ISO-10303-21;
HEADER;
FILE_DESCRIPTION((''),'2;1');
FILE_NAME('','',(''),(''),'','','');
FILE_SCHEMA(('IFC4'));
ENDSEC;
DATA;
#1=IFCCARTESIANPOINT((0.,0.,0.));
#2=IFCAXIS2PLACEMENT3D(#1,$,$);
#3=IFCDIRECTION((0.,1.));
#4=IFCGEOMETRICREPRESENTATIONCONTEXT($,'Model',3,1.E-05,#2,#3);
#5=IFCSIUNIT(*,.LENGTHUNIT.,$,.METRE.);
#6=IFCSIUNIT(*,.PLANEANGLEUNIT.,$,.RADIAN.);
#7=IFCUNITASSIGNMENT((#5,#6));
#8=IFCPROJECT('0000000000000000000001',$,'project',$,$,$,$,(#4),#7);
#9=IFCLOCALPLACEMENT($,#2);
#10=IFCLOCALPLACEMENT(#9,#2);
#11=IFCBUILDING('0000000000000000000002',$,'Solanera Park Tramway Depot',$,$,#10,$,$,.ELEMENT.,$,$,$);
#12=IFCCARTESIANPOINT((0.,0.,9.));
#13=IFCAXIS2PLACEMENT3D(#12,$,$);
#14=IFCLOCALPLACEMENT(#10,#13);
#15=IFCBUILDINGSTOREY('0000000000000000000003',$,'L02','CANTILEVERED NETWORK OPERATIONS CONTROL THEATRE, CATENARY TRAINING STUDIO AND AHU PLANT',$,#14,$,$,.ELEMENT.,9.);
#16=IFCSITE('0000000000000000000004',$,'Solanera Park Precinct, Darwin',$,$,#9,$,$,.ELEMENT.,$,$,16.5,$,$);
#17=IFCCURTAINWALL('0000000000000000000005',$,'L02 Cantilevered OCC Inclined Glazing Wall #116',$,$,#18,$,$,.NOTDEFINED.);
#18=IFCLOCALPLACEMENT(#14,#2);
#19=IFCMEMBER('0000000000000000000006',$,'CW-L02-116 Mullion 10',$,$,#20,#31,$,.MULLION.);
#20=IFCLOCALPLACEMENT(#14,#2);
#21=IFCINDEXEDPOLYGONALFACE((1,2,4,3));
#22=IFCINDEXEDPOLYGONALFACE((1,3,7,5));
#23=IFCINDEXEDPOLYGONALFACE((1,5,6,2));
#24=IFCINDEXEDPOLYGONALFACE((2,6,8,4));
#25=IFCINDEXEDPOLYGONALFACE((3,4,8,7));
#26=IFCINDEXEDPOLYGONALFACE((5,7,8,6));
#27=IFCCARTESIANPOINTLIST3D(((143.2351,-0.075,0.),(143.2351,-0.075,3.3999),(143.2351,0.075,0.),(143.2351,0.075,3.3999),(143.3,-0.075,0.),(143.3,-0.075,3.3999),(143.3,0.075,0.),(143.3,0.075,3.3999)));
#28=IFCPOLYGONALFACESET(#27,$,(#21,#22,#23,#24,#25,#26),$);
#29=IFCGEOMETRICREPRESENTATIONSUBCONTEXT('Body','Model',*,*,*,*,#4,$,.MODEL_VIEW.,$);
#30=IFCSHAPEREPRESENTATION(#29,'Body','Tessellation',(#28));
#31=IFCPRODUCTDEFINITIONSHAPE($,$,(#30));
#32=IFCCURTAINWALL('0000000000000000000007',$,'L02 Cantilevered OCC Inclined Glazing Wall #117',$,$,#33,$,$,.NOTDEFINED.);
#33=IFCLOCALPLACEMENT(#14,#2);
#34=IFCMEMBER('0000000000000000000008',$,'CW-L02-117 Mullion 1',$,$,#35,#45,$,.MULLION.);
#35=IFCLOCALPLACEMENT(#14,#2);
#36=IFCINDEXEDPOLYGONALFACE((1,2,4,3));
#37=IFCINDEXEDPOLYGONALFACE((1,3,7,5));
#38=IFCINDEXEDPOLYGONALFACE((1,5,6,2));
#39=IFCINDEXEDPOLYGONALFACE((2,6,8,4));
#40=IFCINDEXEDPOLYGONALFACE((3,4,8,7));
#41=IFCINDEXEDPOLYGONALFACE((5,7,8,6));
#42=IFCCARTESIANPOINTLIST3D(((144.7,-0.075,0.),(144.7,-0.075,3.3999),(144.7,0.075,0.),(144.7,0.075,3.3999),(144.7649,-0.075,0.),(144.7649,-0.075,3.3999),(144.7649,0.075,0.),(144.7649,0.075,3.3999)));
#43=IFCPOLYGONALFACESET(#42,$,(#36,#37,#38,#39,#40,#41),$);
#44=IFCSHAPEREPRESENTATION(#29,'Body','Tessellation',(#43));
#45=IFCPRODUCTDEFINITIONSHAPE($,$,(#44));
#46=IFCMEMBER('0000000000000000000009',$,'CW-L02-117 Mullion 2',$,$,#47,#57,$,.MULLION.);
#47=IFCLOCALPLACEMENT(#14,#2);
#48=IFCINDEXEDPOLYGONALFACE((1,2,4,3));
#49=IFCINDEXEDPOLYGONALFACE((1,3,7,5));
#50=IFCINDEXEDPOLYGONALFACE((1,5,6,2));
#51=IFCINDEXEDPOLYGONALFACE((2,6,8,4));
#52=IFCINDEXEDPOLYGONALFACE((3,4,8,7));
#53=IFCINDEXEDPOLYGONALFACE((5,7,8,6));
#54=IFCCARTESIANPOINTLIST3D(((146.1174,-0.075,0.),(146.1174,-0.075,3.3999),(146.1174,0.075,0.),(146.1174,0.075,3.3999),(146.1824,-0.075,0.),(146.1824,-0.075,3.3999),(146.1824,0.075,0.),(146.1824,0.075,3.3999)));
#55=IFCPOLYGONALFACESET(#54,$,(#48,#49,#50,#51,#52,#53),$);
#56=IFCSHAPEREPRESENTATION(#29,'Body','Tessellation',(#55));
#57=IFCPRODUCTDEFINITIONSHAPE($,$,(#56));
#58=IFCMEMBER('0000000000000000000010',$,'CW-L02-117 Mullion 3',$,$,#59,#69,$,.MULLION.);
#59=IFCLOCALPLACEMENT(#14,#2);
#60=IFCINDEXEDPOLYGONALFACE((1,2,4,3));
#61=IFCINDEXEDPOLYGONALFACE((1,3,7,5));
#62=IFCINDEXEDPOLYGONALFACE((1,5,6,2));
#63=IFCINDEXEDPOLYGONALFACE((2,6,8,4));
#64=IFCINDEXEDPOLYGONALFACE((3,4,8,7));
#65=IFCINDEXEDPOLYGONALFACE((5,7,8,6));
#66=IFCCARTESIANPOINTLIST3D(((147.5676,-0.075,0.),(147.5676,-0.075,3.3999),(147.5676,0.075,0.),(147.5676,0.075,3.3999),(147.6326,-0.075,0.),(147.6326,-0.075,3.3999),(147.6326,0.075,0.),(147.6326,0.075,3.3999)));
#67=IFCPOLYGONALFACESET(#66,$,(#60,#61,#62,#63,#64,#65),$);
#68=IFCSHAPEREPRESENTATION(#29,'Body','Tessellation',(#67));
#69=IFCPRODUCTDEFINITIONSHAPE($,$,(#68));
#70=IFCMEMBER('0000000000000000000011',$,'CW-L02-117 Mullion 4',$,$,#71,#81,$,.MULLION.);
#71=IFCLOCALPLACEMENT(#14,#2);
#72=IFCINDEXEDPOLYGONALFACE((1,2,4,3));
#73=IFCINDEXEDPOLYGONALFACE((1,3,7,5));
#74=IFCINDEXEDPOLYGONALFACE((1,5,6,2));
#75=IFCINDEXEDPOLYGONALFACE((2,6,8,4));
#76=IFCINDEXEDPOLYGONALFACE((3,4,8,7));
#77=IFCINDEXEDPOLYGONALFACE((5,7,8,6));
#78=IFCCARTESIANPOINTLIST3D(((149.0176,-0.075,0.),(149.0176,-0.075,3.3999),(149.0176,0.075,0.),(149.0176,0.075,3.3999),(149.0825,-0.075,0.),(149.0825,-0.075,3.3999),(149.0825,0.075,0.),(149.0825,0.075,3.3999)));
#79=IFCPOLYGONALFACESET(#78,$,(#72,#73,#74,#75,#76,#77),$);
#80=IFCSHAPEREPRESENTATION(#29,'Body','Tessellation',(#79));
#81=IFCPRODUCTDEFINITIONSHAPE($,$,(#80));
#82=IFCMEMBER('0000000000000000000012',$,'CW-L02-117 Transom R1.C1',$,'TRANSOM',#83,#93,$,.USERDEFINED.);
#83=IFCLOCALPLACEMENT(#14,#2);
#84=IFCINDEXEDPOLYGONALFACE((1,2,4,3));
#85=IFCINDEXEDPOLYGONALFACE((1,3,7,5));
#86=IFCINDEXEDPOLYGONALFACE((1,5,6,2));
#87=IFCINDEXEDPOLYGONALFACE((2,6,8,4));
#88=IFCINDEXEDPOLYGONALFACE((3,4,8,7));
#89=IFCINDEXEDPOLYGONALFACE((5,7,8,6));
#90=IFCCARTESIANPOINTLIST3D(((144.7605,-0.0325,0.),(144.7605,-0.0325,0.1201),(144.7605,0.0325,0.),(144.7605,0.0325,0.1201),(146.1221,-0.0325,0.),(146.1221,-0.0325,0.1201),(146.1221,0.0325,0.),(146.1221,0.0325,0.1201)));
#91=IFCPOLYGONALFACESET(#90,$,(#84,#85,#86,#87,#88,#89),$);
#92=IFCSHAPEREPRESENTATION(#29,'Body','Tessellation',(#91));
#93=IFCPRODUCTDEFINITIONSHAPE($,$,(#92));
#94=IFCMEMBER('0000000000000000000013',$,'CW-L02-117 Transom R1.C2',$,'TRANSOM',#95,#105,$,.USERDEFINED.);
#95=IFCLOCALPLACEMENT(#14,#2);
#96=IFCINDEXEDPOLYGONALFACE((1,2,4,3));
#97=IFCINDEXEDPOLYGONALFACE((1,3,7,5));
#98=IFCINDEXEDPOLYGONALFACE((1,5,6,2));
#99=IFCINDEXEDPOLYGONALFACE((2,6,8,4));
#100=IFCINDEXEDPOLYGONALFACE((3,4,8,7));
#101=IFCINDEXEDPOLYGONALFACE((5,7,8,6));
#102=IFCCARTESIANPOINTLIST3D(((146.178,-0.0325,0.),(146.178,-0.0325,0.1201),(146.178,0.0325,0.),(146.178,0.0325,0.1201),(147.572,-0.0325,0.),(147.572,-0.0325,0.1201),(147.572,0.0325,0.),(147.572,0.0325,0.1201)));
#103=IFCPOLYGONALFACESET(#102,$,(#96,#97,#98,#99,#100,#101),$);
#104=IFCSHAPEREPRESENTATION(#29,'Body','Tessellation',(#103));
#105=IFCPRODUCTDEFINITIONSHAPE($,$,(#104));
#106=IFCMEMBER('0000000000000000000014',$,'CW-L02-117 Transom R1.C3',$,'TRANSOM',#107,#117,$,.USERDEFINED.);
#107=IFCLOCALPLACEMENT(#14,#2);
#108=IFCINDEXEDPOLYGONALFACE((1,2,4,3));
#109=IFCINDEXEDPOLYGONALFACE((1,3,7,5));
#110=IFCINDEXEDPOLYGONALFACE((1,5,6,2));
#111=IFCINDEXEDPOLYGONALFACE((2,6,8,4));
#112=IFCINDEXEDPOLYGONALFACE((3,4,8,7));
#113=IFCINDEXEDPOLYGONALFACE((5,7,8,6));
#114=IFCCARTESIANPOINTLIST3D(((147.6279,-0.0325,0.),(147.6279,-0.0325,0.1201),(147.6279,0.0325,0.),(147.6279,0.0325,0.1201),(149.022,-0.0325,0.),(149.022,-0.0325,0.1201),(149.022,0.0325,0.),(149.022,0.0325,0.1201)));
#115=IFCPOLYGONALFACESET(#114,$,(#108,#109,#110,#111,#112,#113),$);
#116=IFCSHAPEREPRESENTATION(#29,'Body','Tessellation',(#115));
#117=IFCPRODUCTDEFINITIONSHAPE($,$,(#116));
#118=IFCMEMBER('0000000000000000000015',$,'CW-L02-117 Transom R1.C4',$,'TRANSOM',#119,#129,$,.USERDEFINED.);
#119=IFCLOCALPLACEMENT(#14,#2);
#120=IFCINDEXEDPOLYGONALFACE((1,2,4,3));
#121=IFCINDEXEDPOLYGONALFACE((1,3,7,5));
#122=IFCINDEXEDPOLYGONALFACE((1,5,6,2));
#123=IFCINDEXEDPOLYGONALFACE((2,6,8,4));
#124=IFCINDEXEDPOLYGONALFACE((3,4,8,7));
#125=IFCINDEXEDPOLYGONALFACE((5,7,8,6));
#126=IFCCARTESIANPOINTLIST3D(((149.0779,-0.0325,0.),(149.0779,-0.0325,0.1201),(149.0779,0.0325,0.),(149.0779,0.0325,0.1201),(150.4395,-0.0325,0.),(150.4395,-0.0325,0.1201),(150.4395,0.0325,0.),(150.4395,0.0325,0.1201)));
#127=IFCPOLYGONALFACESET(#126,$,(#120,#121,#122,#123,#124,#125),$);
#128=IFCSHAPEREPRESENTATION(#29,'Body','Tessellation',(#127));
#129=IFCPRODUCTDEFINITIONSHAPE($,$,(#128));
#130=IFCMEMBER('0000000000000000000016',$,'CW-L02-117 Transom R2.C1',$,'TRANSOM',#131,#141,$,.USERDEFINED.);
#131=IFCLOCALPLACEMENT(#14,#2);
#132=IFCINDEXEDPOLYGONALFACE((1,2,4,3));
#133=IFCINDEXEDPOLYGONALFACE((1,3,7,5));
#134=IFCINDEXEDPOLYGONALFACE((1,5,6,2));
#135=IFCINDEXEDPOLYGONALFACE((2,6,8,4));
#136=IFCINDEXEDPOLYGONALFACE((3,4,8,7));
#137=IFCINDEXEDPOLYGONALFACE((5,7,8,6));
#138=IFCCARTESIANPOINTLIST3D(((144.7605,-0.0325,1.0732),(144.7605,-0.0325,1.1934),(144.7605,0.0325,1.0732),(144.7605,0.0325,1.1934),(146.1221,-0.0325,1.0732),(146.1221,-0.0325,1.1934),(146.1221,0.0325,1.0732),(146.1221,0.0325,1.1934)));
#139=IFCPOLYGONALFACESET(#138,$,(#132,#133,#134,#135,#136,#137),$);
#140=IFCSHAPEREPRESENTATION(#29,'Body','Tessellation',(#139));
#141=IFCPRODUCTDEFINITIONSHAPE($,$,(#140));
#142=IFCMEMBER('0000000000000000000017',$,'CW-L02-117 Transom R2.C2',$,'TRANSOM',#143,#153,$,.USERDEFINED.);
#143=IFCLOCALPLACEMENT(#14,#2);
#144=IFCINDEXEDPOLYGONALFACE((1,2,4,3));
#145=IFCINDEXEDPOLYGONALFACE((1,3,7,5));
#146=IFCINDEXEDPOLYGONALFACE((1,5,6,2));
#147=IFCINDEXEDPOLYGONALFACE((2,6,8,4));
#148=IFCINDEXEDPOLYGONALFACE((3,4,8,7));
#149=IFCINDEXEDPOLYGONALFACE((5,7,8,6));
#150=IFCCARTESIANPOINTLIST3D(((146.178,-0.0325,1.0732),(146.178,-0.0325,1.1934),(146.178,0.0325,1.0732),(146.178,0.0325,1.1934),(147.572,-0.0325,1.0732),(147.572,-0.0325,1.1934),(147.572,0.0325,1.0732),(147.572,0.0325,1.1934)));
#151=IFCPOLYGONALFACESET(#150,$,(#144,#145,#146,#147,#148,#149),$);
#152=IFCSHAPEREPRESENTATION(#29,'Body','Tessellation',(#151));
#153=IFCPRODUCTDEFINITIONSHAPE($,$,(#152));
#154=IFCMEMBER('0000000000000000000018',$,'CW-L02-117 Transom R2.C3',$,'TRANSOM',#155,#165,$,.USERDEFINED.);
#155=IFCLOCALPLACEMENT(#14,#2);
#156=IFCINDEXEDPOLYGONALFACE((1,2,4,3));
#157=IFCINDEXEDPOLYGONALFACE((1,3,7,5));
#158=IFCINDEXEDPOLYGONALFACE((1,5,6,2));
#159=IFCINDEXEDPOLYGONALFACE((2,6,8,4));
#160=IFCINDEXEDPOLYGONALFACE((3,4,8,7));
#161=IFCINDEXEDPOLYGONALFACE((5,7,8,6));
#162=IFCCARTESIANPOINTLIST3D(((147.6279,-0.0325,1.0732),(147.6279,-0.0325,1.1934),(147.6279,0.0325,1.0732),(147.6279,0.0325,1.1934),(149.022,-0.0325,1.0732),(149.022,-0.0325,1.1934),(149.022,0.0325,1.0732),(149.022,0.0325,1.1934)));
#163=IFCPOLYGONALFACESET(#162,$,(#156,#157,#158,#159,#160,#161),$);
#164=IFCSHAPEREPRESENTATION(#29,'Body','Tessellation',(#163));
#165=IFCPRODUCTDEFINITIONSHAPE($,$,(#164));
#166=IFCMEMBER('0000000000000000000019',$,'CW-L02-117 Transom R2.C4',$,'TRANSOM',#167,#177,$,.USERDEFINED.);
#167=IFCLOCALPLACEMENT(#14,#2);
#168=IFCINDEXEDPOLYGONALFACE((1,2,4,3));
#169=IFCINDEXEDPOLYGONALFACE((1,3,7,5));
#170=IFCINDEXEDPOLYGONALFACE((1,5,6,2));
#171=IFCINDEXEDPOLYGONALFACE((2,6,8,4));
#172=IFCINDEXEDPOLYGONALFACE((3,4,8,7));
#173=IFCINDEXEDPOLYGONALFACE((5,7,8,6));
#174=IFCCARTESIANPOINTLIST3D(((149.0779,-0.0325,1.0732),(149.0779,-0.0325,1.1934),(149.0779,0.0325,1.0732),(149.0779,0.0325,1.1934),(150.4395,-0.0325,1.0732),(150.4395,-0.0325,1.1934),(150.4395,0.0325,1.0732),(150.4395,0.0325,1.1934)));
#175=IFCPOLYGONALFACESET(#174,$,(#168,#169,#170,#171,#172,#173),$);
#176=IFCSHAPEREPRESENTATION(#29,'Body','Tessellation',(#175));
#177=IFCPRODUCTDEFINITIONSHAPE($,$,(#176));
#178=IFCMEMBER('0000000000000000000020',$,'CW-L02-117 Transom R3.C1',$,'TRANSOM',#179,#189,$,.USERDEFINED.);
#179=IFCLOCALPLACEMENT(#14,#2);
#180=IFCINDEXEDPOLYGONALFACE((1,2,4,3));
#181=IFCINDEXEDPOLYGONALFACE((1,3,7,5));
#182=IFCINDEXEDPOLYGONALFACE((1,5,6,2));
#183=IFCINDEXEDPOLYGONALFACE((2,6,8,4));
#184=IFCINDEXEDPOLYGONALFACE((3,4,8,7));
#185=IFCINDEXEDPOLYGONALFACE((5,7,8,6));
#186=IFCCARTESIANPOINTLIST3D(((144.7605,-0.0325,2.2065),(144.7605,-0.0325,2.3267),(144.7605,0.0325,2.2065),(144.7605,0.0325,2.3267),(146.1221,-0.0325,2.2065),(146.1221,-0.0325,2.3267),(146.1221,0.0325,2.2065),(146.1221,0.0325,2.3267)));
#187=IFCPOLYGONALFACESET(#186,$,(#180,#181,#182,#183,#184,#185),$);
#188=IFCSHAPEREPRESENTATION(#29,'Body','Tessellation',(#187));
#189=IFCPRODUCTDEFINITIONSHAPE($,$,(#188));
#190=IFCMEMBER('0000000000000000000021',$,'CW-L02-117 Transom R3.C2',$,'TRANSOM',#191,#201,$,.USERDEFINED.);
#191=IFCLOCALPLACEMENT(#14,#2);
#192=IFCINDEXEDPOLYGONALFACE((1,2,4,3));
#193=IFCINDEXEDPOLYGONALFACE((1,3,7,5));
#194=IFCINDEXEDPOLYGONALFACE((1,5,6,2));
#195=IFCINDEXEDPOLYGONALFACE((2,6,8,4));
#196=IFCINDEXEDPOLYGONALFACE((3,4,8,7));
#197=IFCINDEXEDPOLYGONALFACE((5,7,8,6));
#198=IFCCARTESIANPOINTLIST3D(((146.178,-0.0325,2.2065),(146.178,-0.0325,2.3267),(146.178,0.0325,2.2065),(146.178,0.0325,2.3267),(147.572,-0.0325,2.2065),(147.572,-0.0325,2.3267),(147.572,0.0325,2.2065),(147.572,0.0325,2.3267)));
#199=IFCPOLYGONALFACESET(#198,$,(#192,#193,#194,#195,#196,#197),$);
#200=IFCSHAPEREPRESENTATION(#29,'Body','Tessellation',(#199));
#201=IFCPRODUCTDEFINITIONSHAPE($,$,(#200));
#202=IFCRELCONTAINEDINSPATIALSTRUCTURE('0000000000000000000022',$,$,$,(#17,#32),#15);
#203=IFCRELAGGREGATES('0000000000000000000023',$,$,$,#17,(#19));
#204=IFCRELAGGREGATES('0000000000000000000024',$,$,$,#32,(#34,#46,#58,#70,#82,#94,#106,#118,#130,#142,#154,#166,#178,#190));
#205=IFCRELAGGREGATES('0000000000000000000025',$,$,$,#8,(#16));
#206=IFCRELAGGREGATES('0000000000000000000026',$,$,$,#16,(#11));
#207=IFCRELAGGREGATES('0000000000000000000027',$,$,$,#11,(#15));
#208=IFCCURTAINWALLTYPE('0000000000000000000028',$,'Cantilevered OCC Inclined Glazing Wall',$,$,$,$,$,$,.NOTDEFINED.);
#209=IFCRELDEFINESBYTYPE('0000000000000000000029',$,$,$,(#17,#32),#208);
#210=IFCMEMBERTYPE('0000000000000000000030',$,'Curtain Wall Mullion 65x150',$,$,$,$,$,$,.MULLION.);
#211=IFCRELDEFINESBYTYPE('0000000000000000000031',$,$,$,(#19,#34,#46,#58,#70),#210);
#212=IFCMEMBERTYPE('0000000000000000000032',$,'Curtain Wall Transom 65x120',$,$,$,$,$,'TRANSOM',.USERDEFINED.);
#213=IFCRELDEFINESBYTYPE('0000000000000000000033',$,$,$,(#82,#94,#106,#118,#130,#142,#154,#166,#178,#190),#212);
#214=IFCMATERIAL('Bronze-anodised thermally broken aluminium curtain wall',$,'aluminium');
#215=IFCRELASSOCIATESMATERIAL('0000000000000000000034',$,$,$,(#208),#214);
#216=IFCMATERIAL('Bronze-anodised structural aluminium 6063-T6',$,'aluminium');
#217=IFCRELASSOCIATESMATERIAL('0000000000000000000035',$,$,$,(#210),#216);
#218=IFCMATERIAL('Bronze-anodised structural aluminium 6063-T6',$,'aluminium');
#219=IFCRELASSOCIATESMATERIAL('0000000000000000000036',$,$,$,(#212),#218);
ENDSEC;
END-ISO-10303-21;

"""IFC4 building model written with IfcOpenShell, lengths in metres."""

from ifc_helpers import new_model, si_unit, direction, frame, origin, origin_2d, place, context, subcontext, project, spatial, rectangle, extrude, material, material_profile, profile_set, type_object, element, aggregate, save


model = new_model("IFC4")

# Units and contexts
model_context = context("Model", 3, precision=1e-05, world=origin(), true_north=direction((0.0, 1.0)))
body_context = subcontext(model_context, "Body", "Model", "MODEL_VIEW")
ifc_project = project(units=[si_unit("LENGTHUNIT", "METRE"), si_unit("PLANEANGLEUNIT", "RADIAN")], contexts=[model_context])

# Site, building, storey
site_placement = place(None, origin())
site = spatial("IfcSite", under=ifc_project, at=site_placement, Name="Solanera Park Precinct, Darwin", CompositionType="ELEMENT", RefElevation=16.5)
building_placement = place(site_placement, origin())
building = spatial("IfcBuilding", under=site, at=building_placement, Name="Solanera Park Tramway Depot", CompositionType="ELEMENT")
storey_placement = place(building_placement, frame((0.0, 0.0, 9.0)))
storey = spatial("IfcBuildingStorey", under=building, at=storey_placement, Name="L02", Description="CANTILEVERED NETWORK OPERATIONS CONTROL THEATRE, CATENARY TRAINING STUDIO AND AHU PLANT", CompositionType="ELEMENT", Elevation=9.0)

# Curtain wall, member
ifc_material_1 = material(Name="Bronze-anodised thermally broken aluminium curtain wall", Category="aluminium")
curtain_wall_type = type_object("IfcCurtainWallType", Name="Cantilevered OCC Inclined Glazing Wall", PredefinedType="NOTDEFINED", material=ifc_material_1)
curtain_wall_1_placement = place(storey_placement, origin())
curtain_wall_1 = element("IfcCurtainWall", 1, at=curtain_wall_1_placement, inside=storey, type_object=curtain_wall_type, Name="L02 Cantilevered OCC Inclined Glazing Wall #116", PredefinedType="NOTDEFINED")
ifc_material_2 = material(Name="Bronze-anodised structural aluminium 6063-T6", Category="aluminium")
ifc_material_profile_1 = material_profile(ifc_material_2, rectangle(XDim=0.0649, YDim=0.1499, at=origin_2d()), Name="Curtain Wall Mullion 65x150")
ifc_profile_set_1 = profile_set([ifc_material_profile_1], Name="Bronze-anodised structural aluminium 6063-T6")
member_type_1 = type_object("IfcMemberType", Name="Curtain Wall Mullion 65x150", PredefinedType="MULLION", material=ifc_profile_set_1)
member_1_placement = place(storey_placement, frame((143.2676, 0.0, 0.0), z_axis=(0.0, 0.0, 1.0), x_axis=(1.0, 0.0, 0.0)))
member_1 = element("IfcMember", 2, at=member_1_placement, type_object=member_type_1, Name="CW-L02-116 Mullion 10", PredefinedType="MULLION", context=body_context, shape_type="SweptSolid", body=[
    extrude(rectangle(XDim=0.0649, YDim=0.1499, at=origin_2d()), origin(), (0.0, 0.0, 1.0), 3.3999),
])

# Curtain wall, members
curtain_wall_2_placement = place(storey_placement, origin())
curtain_wall_2 = element("IfcCurtainWall", 3, at=curtain_wall_2_placement, inside=storey, type_object=curtain_wall_type, Name="L02 Cantilevered OCC Inclined Glazing Wall #117", PredefinedType="NOTDEFINED")
member_2_placement = place(storey_placement, frame((144.7324, 0.0, 0.0), z_axis=(0.0, 0.0, 1.0), x_axis=(1.0, 0.0, 0.0)))
member_2 = element("IfcMember", 4, at=member_2_placement, type_object=member_type_1, Name="CW-L02-117 Mullion 1", PredefinedType="MULLION", context=body_context, shape_type="SweptSolid", body=[
    extrude(rectangle(XDim=0.0649, YDim=0.1499, at=origin_2d()), origin(), (0.0, 0.0, 1.0), 3.3999),
])
member_3_placement = place(storey_placement, frame((146.1499, 0.0, 0.0), z_axis=(0.0, 0.0, 1.0), x_axis=(1.0, 0.0, 0.0)))
member_3 = element("IfcMember", 5, at=member_3_placement, type_object=member_type_1, Name="CW-L02-117 Mullion 2", PredefinedType="MULLION", context=body_context, shape_type="SweptSolid", body=[
    extrude(rectangle(XDim=0.0649, YDim=0.1499, at=origin_2d()), origin(), (0.0, 0.0, 1.0), 3.3999),
])
member_4_placement = place(storey_placement, frame((147.6001, 0.0, 0.0), z_axis=(0.0, 0.0, 1.0), x_axis=(1.0, 0.0, 0.0)))
member_4 = element("IfcMember", 6, at=member_4_placement, type_object=member_type_1, Name="CW-L02-117 Mullion 3", PredefinedType="MULLION", context=body_context, shape_type="SweptSolid", body=[
    extrude(rectangle(XDim=0.0649, YDim=0.1499, at=origin_2d()), origin(), (0.0, 0.0, 1.0), 3.3999),
])
member_5_placement = place(storey_placement, frame((149.05, 0.0, 0.0), z_axis=(0.0, 0.0, 1.0), x_axis=(1.0, 0.0, 0.0)))
member_5 = element("IfcMember", 7, at=member_5_placement, type_object=member_type_1, Name="CW-L02-117 Mullion 4", PredefinedType="MULLION", context=body_context, shape_type="SweptSolid", body=[
    extrude(rectangle(XDim=0.0649, YDim=0.1499, at=origin_2d()), origin(), (0.0, 0.0, 1.0), 3.3999),
])
ifc_material_3 = material(Name="Bronze-anodised structural aluminium 6063-T6", Category="aluminium")
ifc_material_profile_2 = material_profile(ifc_material_3, rectangle(XDim=0.0649, YDim=0.1201, at=origin_2d()), Name="Curtain Wall Transom 65x120")
ifc_profile_set_2 = profile_set([ifc_material_profile_2], Name="Bronze-anodised structural aluminium 6063-T6")
member_type_2 = type_object("IfcMemberType", Name="Curtain Wall Transom 65x120", ElementType="TRANSOM", PredefinedType="USERDEFINED", material=ifc_profile_set_2)
member_6_placement = place(storey_placement, frame((144.7605, 0.0, 0.0601), z_axis=(1.0, 0.0, 0.0), x_axis=(0.0, 1.0, 0.0)))
member_6 = element("IfcMember", 8, at=member_6_placement, type_object=member_type_2, Name="CW-L02-117 Transom R1.C1", ObjectType="TRANSOM", PredefinedType="USERDEFINED", context=body_context, shape_type="SweptSolid", body=[
    extrude(rectangle(XDim=0.0649, YDim=0.1201, at=origin_2d()), origin(), (0.0, 0.0, 1.0), 1.3616),
])
member_7_placement = place(storey_placement, frame((146.178, 0.0, 0.0601), z_axis=(1.0, 0.0, 0.0), x_axis=(0.0, 1.0, 0.0)))
member_7 = element("IfcMember", 9, at=member_7_placement, type_object=member_type_2, Name="CW-L02-117 Transom R1.C2", ObjectType="TRANSOM", PredefinedType="USERDEFINED", context=body_context, shape_type="SweptSolid", body=[
    extrude(rectangle(XDim=0.0649, YDim=0.1201, at=origin_2d()), origin(), (0.0, 0.0, 1.0), 1.394),
])
member_8_placement = place(storey_placement, frame((147.6279, 0.0, 0.0601), z_axis=(1.0, 0.0, 0.0), x_axis=(0.0, 1.0, 0.0)))
member_8 = element("IfcMember", 10, at=member_8_placement, type_object=member_type_2, Name="CW-L02-117 Transom R1.C3", ObjectType="TRANSOM", PredefinedType="USERDEFINED", context=body_context, shape_type="SweptSolid", body=[
    extrude(rectangle(XDim=0.0649, YDim=0.1201, at=origin_2d()), origin(), (0.0, 0.0, 1.0), 1.394),
])
member_9_placement = place(storey_placement, frame((149.0779, 0.0, 0.0601), z_axis=(1.0, 0.0, 0.0), x_axis=(0.0, 1.0, 0.0)))
member_9 = element("IfcMember", 11, at=member_9_placement, type_object=member_type_2, Name="CW-L02-117 Transom R1.C4", ObjectType="TRANSOM", PredefinedType="USERDEFINED", context=body_context, shape_type="SweptSolid", body=[
    extrude(rectangle(XDim=0.0649, YDim=0.1201, at=origin_2d()), origin(), (0.0, 0.0, 1.0), 1.3616),
])
member_10_placement = place(storey_placement, frame((144.7605, 0.0, 1.1333), z_axis=(1.0, 0.0, 0.0), x_axis=(0.0, 1.0, 0.0)))
member_10 = element("IfcMember", 12, at=member_10_placement, type_object=member_type_2, Name="CW-L02-117 Transom R2.C1", ObjectType="TRANSOM", PredefinedType="USERDEFINED", context=body_context, shape_type="SweptSolid", body=[
    extrude(rectangle(XDim=0.0649, YDim=0.1201, at=origin_2d()), origin(), (0.0, 0.0, 1.0), 1.3616),
])
member_11_placement = place(storey_placement, frame((146.178, 0.0, 1.1333), z_axis=(1.0, 0.0, 0.0), x_axis=(0.0, 1.0, 0.0)))
member_11 = element("IfcMember", 13, at=member_11_placement, type_object=member_type_2, Name="CW-L02-117 Transom R2.C2", ObjectType="TRANSOM", PredefinedType="USERDEFINED", context=body_context, shape_type="SweptSolid", body=[
    extrude(rectangle(XDim=0.0649, YDim=0.1201, at=origin_2d()), origin(), (0.0, 0.0, 1.0), 1.394),
])
member_12_placement = place(storey_placement, frame((147.6279, 0.0, 1.1333), z_axis=(1.0, 0.0, 0.0), x_axis=(0.0, 1.0, 0.0)))
member_12 = element("IfcMember", 14, at=member_12_placement, type_object=member_type_2, Name="CW-L02-117 Transom R2.C3", ObjectType="TRANSOM", PredefinedType="USERDEFINED", context=body_context, shape_type="SweptSolid", body=[
    extrude(rectangle(XDim=0.0649, YDim=0.1201, at=origin_2d()), origin(), (0.0, 0.0, 1.0), 1.394),
])
member_13_placement = place(storey_placement, frame((149.0779, 0.0, 1.1333), z_axis=(1.0, 0.0, 0.0), x_axis=(0.0, 1.0, 0.0)))
member_13 = element("IfcMember", 15, at=member_13_placement, type_object=member_type_2, Name="CW-L02-117 Transom R2.C4", ObjectType="TRANSOM", PredefinedType="USERDEFINED", context=body_context, shape_type="SweptSolid", body=[
    extrude(rectangle(XDim=0.0649, YDim=0.1201, at=origin_2d()), origin(), (0.0, 0.0, 1.0), 1.3616),
])
member_14_placement = place(storey_placement, frame((144.7605, 0.0, 2.2666), z_axis=(1.0, 0.0, 0.0), x_axis=(0.0, 1.0, 0.0)))
member_14 = element("IfcMember", 16, at=member_14_placement, type_object=member_type_2, Name="CW-L02-117 Transom R3.C1", ObjectType="TRANSOM", PredefinedType="USERDEFINED", context=body_context, shape_type="SweptSolid", body=[
    extrude(rectangle(XDim=0.0649, YDim=0.1201, at=origin_2d()), origin(), (0.0, 0.0, 1.0), 1.3616),
])
member_15_placement = place(storey_placement, frame((146.178, 0.0, 2.2666), z_axis=(1.0, 0.0, 0.0), x_axis=(0.0, 1.0, 0.0)))
member_15 = element("IfcMember", 17, at=member_15_placement, type_object=member_type_2, Name="CW-L02-117 Transom R3.C2", ObjectType="TRANSOM", PredefinedType="USERDEFINED", context=body_context, shape_type="SweptSolid", body=[
    extrude(rectangle(XDim=0.0649, YDim=0.1201, at=origin_2d()), origin(), (0.0, 0.0, 1.0), 1.394),
])

aggregate(curtain_wall_1, [member_1])
aggregate(curtain_wall_2, [member_2, member_3, member_4, member_5, member_6, member_7, member_8, member_9, member_10, member_11, member_12, member_13, member_14, member_15])

save(model, "model.ifc")
